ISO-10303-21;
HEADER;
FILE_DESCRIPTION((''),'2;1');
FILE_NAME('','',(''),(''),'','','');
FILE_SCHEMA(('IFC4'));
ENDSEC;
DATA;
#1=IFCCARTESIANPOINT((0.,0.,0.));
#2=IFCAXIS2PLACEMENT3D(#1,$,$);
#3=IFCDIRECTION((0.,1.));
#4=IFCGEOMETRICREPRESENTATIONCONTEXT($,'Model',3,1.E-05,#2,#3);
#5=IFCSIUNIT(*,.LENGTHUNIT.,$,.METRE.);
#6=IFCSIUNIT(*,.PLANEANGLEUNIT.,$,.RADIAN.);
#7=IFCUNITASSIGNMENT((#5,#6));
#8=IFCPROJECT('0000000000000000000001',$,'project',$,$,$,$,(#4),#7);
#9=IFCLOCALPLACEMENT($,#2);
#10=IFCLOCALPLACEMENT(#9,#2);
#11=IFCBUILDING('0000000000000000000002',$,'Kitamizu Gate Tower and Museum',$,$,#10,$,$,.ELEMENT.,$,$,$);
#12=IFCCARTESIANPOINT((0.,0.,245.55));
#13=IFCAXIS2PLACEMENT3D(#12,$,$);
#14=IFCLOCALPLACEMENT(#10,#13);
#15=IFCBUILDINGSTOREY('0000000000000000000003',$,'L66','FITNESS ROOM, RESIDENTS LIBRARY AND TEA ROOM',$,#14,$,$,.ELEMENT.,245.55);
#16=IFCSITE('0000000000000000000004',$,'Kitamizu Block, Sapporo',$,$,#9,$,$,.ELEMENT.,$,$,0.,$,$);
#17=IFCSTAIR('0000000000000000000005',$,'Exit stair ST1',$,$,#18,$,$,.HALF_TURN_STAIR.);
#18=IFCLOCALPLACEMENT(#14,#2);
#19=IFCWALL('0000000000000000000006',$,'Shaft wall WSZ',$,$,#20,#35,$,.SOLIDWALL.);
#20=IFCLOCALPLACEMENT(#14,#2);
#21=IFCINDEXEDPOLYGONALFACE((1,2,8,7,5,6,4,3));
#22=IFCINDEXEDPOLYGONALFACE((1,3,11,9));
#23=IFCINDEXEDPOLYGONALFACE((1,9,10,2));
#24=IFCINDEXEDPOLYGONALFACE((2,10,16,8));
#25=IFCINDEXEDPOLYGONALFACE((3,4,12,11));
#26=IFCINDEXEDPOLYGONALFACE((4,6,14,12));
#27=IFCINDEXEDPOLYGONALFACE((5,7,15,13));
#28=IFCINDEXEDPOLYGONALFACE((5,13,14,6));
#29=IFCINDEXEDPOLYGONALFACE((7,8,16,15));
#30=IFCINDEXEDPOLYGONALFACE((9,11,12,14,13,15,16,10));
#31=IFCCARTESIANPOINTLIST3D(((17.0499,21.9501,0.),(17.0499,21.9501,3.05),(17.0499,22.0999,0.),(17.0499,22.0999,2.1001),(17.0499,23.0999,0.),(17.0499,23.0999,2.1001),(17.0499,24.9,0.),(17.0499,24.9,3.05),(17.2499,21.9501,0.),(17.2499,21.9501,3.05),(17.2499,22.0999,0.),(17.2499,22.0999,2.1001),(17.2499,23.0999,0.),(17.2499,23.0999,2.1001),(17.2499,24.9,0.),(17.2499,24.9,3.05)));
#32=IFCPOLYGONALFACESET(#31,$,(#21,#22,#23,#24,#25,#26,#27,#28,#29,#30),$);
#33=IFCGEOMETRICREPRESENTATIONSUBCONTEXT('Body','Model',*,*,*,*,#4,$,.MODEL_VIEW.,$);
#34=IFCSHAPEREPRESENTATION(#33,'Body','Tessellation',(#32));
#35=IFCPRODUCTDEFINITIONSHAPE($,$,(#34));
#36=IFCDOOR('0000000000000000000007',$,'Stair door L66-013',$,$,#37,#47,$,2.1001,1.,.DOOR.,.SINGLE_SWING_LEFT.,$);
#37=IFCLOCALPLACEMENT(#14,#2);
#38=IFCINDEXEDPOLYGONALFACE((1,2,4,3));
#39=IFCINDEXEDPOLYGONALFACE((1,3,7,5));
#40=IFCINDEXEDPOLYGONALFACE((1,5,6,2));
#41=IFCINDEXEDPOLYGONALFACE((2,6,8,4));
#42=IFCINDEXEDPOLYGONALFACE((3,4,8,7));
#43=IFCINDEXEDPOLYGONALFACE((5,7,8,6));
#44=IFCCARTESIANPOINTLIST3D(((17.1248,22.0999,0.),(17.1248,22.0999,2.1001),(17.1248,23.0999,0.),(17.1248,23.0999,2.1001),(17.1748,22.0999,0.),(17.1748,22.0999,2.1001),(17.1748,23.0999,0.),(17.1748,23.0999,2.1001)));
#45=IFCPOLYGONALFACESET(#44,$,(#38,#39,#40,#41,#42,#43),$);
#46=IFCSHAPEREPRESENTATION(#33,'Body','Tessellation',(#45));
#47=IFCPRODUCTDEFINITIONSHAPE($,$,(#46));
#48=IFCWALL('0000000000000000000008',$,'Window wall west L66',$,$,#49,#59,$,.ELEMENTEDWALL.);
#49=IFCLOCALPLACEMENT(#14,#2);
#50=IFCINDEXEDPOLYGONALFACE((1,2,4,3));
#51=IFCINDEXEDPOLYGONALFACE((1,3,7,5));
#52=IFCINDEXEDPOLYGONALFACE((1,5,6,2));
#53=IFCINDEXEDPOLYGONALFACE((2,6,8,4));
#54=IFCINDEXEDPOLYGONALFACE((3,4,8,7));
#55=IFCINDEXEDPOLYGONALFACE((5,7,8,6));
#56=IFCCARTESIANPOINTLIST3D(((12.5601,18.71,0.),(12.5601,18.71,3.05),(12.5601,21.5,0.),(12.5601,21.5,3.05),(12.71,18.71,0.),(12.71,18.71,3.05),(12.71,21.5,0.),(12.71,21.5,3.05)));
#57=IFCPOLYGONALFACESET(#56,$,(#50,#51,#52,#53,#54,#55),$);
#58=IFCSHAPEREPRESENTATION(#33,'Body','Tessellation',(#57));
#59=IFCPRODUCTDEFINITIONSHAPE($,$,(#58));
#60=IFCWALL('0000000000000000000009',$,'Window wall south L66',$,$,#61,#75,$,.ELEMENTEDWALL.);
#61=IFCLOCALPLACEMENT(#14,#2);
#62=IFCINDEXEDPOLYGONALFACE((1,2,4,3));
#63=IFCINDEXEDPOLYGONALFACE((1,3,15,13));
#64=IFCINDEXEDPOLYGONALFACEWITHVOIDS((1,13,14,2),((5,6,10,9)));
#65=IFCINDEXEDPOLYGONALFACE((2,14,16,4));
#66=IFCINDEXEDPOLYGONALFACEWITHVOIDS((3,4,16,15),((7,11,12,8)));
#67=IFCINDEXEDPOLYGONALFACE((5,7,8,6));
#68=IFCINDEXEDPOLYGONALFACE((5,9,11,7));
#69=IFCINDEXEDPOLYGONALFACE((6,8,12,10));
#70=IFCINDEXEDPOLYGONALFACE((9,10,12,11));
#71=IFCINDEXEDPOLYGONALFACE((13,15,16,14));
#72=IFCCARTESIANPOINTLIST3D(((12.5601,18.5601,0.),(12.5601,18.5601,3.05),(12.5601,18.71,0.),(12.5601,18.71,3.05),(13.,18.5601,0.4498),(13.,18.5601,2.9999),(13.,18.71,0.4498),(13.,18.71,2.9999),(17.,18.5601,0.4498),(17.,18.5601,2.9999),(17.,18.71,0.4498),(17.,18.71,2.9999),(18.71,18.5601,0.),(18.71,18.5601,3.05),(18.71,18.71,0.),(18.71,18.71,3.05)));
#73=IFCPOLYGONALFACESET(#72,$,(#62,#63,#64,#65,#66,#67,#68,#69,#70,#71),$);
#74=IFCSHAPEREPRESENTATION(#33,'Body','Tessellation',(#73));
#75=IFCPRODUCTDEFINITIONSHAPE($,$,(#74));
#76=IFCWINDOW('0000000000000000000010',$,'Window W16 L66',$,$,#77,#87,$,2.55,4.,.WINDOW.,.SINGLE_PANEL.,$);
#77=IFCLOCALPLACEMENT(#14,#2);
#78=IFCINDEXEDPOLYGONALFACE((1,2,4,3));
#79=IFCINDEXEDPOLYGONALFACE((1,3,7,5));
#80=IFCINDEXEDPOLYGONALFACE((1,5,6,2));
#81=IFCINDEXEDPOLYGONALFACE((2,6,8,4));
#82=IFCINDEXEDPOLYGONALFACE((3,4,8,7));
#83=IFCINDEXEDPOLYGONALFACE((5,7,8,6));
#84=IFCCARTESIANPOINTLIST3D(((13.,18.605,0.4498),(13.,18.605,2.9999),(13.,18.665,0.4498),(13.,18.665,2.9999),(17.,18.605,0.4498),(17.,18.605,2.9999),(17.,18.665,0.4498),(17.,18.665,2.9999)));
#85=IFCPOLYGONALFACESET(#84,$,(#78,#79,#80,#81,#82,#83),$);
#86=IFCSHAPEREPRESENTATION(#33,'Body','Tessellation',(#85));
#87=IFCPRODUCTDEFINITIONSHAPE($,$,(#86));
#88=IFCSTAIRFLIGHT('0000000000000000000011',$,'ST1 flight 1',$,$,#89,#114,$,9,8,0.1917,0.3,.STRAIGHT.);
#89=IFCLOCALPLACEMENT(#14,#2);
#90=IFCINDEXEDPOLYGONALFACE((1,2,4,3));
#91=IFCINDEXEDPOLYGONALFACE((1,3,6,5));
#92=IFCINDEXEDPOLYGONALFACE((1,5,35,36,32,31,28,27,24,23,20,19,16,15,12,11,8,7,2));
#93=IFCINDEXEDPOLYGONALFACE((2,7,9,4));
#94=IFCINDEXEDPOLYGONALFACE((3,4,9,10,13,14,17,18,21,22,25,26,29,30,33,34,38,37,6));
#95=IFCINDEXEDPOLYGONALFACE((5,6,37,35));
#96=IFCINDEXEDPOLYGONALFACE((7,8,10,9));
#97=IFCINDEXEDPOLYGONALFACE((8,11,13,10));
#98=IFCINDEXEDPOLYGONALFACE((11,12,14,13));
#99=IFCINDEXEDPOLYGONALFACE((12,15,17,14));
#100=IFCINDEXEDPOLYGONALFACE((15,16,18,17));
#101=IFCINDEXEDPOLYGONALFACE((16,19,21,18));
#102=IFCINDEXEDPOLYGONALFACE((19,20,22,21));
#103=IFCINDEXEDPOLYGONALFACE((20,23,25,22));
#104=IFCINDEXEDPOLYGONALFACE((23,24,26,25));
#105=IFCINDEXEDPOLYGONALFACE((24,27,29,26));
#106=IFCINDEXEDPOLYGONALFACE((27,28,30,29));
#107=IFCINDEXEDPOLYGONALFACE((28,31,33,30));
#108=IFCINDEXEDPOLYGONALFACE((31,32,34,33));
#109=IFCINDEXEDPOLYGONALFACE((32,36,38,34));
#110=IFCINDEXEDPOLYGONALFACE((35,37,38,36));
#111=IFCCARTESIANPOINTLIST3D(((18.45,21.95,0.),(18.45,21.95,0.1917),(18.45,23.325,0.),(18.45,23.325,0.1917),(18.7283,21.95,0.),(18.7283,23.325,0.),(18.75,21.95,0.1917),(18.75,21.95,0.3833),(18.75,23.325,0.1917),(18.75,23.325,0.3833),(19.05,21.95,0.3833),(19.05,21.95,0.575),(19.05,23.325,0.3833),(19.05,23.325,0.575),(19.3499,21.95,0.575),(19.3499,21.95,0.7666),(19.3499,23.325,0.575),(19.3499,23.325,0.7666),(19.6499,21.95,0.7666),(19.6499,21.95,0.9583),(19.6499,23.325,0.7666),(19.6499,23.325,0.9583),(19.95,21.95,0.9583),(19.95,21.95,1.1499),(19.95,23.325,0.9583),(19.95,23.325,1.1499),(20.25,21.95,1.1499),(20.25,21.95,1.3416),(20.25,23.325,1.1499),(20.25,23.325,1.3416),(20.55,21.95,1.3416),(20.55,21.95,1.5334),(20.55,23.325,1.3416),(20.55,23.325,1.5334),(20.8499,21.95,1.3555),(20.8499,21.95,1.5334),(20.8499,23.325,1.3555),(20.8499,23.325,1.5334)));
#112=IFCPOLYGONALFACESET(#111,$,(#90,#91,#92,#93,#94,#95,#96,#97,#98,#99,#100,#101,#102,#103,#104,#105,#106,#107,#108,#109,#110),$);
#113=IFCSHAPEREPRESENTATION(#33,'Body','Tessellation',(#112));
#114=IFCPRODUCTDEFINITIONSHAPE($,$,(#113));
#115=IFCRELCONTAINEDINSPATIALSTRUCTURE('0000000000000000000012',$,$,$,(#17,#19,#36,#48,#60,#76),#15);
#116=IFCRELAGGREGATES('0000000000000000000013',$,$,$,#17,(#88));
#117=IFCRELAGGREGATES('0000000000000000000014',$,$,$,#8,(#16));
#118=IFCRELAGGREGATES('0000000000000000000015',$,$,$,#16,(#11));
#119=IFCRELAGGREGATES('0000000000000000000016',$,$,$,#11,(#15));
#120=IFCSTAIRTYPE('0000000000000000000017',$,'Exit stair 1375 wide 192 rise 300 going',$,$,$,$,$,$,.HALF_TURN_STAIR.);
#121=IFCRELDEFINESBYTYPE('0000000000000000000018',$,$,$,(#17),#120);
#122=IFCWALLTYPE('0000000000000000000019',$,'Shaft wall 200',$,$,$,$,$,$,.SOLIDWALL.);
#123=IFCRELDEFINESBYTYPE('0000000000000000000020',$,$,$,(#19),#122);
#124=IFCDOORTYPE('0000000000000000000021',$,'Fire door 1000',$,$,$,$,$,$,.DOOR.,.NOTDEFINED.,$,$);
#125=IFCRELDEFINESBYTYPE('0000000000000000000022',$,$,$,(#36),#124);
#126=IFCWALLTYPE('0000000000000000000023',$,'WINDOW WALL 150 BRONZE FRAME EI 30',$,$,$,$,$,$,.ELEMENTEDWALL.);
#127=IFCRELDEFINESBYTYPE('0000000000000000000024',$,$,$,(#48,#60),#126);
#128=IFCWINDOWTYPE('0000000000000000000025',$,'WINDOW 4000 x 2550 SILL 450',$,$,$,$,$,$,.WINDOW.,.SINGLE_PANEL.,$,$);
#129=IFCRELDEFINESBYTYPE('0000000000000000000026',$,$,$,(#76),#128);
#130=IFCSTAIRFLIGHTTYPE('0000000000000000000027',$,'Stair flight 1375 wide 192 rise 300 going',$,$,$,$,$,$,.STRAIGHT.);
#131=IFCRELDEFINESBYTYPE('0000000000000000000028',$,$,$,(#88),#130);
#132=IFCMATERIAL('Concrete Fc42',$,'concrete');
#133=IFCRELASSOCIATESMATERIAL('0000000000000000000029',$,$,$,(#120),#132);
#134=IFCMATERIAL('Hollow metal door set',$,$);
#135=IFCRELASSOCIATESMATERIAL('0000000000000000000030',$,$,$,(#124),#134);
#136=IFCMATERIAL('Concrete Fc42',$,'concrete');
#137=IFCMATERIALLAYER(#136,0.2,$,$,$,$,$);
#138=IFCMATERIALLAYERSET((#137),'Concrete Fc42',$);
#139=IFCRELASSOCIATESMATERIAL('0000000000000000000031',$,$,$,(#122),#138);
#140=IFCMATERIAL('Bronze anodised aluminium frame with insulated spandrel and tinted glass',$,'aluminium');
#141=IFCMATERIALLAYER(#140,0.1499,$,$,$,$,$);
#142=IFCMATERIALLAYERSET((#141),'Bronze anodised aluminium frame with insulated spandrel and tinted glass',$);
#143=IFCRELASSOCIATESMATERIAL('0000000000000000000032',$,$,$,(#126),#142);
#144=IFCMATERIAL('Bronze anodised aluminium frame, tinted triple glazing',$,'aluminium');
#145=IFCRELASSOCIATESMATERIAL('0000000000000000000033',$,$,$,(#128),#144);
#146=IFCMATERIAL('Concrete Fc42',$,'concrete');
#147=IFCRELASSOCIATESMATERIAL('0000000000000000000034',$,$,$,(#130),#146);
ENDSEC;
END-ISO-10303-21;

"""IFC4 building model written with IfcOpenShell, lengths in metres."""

from ifc_helpers import new_model, si_unit, direction, frame, frame_2d, origin, place, context, subcontext, project, spatial, polyline, rectangle, outline, extrude, material, layer, layer_set, type_object, element, fill, aggregate, save


model = new_model("IFC4")

# Units and contexts
model_context = context("Model", 3, precision=1e-05, world=origin(), true_north=direction((0.0, 1.0)))
body_context = subcontext(model_context, "Body", "Model", "MODEL_VIEW")
ifc_project = project(units=[si_unit("LENGTHUNIT", "METRE"), si_unit("PLANEANGLEUNIT", "RADIAN")], contexts=[model_context])

# Site, building, storey
site_placement = place(None, origin())
site = spatial("IfcSite", under=ifc_project, at=site_placement, Name="Kitamizu Block, Sapporo", CompositionType="ELEMENT", RefElevation=0.0)
building_placement = place(site_placement, origin())
building = spatial("IfcBuilding", under=site, at=building_placement, Name="Kitamizu Gate Tower and Museum", CompositionType="ELEMENT")
storey_placement = place(building_placement, frame((0.0, 0.0, 245.55)))
storey = spatial("IfcBuildingStorey", under=building, at=storey_placement, Name="L66", Description="FITNESS ROOM, RESIDENTS LIBRARY AND TEA ROOM", CompositionType="ELEMENT", Elevation=245.55)

# Stair
ifc_material_1 = material(Name="Concrete Fc42", Category="concrete")
stair_type = type_object("IfcStairType", Name="Exit stair 1375 wide 192 rise 300 going", PredefinedType="HALF_TURN_STAIR", material=ifc_material_1)
stair_1_placement = place(storey_placement, origin())
stair_1 = element("IfcStair", 1, at=stair_1_placement, inside=storey, type_object=stair_type, Name="Exit stair ST1", PredefinedType="HALF_TURN_STAIR")

# Shared definitions
ifc_material_2 = material(Name="Hollow metal door set")
door_type_1 = type_object("IfcDoorType", Name="Fire door 1000", OperationType="NOTDEFINED", PredefinedType="DOOR", material=ifc_material_2)

# Shared definitions
ifc_material_3 = material(Name="Concrete Fc42", Category="concrete")
ifc_layer_1 = layer(ifc_material_3, 0.2)
ifc_layer_set_1 = layer_set([ifc_layer_1], Name="Concrete Fc42")
wall_type_1 = type_object("IfcWallType", Name="Shaft wall 200", PredefinedType="SOLIDWALL", material=ifc_layer_set_1)

# Wall, opening, door
wall_1_placement = place(storey_placement, frame((17.1499, 21.95, 0.0), z_axis=(0.0, 0.0, 1.0), x_axis=(0.0, 1.0, 0.0)))
wall_1 = element("IfcWall", 2, at=wall_1_placement, inside=storey, type_object=wall_type_1, Name="Shaft wall WSZ", PredefinedType="SOLIDWALL", context=body_context, shape_type="SweptSolid", body=[
    extrude(rectangle(XDim=2.95, YDim=0.2, at=frame_2d((1.4751, 0.0))), origin(), (0.0, 0.0, 1.0), 3.05),
])
opening_1_placement = place(wall_1_placement, frame((0.1499, 0.0, 0.0)))
opening_1 = element("IfcOpeningElement", 3, at=opening_1_placement, cuts=wall_1, PredefinedType="OPENING", context=body_context, shape_type="SweptSolid", body=[
    extrude(rectangle(XDim=1.0, YDim=2.1001, at=frame_2d((0.5, 1.05))), frame((0.0, 0.1099, 0.0), z_axis=(0.0, -1.0, 0.0), x_axis=(1.0, 0.0, 0.0)), (0.0, 0.0, 1.0), 0.22),
])
door_1_placement = place(opening_1_placement, frame((1.0, 0.0, 0.0), x_axis=(-1.0, 0.0, 0.0)))
door_1 = element("IfcDoor", 4, at=door_1_placement, inside=storey, type_object=door_type_1, Name="Stair door L66-013", OperationType="SINGLE_SWING_LEFT", OverallHeight=2.1001, OverallWidth=1.0, PredefinedType="DOOR", context=body_context, shape_type="SweptSolid", body=[
    extrude(rectangle(XDim=1.0, YDim=2.1001, at=frame_2d((0.5, 1.05))), frame((0.0, 0.0249, 0.0), z_axis=(0.0, -1.0, 0.0), x_axis=(1.0, 0.0, 0.0)), (0.0, 0.0, 1.0), 0.05),
])
fill(opening_1, door_1)

# Wall
ifc_material_4 = material(Name="Bronze anodised aluminium frame with insulated spandrel and tinted glass", Category="aluminium")
ifc_layer_2 = layer(ifc_material_4, 0.1499)
ifc_layer_set_2 = layer_set([ifc_layer_2], Name="Bronze anodised aluminium frame with insulated spandrel and tinted glass")
wall_type_2 = type_object("IfcWallType", Name="WINDOW WALL 150 BRONZE FRAME EI 30", PredefinedType="ELEMENTEDWALL", material=ifc_layer_set_2)
wall_2_placement = place(storey_placement, frame((12.635, 18.71, 0.0), z_axis=(0.0, 0.0, 1.0), x_axis=(0.0, 1.0, 0.0)))
element("IfcWall", 5, at=wall_2_placement, inside=storey, type_object=wall_type_2, Name="Window wall west L66", PredefinedType="ELEMENTEDWALL", context=body_context, shape_type="SweptSolid", body=[
    extrude(rectangle(XDim=2.79, YDim=0.1499, at=frame_2d((1.395, 0.0))), origin(), (0.0, 0.0, 1.0), 3.05),
])

# Wall, opening, window
wall_3_placement = place(storey_placement, frame((12.5601, 18.635, 0.0), z_axis=(0.0, 0.0, 1.0), x_axis=(1.0, 0.0, 0.0)))
wall_3 = element("IfcWall", 6, at=wall_3_placement, inside=storey, type_object=wall_type_2, Name="Window wall south L66", PredefinedType="ELEMENTEDWALL", context=body_context, shape_type="SweptSolid", body=[
    extrude(rectangle(XDim=6.1499, YDim=0.1499, at=frame_2d((3.075, 0.0))), origin(), (0.0, 0.0, 1.0), 3.05),
])
opening_2_placement = place(wall_3_placement, frame((0.4399, 0.0, 0.45)))
opening_2 = element("IfcOpeningElement", 7, at=opening_2_placement, cuts=wall_3, PredefinedType="OPENING", context=body_context, shape_type="SweptSolid", body=[
    extrude(rectangle(XDim=4.0, YDim=2.55, at=frame_2d((2.0, 1.2749))), frame((0.0, 0.085, 0.0), z_axis=(0.0, -1.0, 0.0), x_axis=(1.0, 0.0, 0.0)), (0.0, 0.0, 1.0), 0.1699),
])
ifc_material_5 = material(Name="Bronze anodised aluminium frame, tinted triple glazing", Category="aluminium")
window_type = type_object("IfcWindowType", Name="WINDOW 4000 x 2550 SILL 450", PartitioningType="SINGLE_PANEL", PredefinedType="WINDOW", material=ifc_material_5)
window_placement = place(opening_2_placement, origin())
window = element("IfcWindow", 8, at=window_placement, inside=storey, type_object=window_type, Name="Window W16 L66", OverallHeight=2.55, OverallWidth=4.0, PartitioningType="SINGLE_PANEL", PredefinedType="WINDOW", context=body_context, shape_type="SweptSolid", body=[
    extrude(rectangle(XDim=4.0, YDim=2.55, at=frame_2d((2.0, 1.2749))), frame((0.0, 0.03, 0.0), z_axis=(0.0, -1.0, 0.0), x_axis=(1.0, 0.0, 0.0)), (0.0, 0.0, 1.0), 0.0601),
])
fill(opening_2, window)

# Stair flight
ifc_material_6 = material(Name="Concrete Fc42", Category="concrete")
stair_flight_type = type_object("IfcStairFlightType", Name="Stair flight 1375 wide 192 rise 300 going", PredefinedType="STRAIGHT", material=ifc_material_6)
stair_flight_placement = place(storey_placement, frame((18.45, 22.6375, 0.0), z_axis=(0.0, 0.0, 1.0), x_axis=(1.0, 0.0, 0.0)))
stair_flight = element("IfcStairFlight", 9, at=stair_flight_placement, type_object=stair_flight_type, Name="ST1 flight 1", NumberOfRisers=9, NumberOfTreads=8, PredefinedType="STRAIGHT", RiserHeight=0.1917, TreadLength=0.3, context=body_context, shape_type="SweptSolid", body=[
    extrude(outline(polyline([(0.0, 0.0), (0.0, 0.1917), (0.3, 0.1917), (0.3, 0.3833), (0.6001, 0.3833), (0.6001, 0.575), (0.8999, 0.575), (0.8999, 0.7666), (1.2, 0.7666), (1.2, 0.9583), (1.5, 0.9583), (1.5, 1.1499), (1.8, 1.1499), (1.8, 1.3416), (2.1001, 1.3416), (2.1001, 1.5334), (2.3999, 1.5334), (2.3999, 1.7251), (2.3999, 1.3555), (0.2783, 0.0), (0.0, 0.0)])), frame((0.0, 0.6875, 0.0), z_axis=(0.0, -1.0, 0.0), x_axis=(1.0, 0.0, 0.0)), (0.0, 0.0, 1.0), 1.375),
])
aggregate(stair_1, [stair_flight])

save(model, "model.ifc")
